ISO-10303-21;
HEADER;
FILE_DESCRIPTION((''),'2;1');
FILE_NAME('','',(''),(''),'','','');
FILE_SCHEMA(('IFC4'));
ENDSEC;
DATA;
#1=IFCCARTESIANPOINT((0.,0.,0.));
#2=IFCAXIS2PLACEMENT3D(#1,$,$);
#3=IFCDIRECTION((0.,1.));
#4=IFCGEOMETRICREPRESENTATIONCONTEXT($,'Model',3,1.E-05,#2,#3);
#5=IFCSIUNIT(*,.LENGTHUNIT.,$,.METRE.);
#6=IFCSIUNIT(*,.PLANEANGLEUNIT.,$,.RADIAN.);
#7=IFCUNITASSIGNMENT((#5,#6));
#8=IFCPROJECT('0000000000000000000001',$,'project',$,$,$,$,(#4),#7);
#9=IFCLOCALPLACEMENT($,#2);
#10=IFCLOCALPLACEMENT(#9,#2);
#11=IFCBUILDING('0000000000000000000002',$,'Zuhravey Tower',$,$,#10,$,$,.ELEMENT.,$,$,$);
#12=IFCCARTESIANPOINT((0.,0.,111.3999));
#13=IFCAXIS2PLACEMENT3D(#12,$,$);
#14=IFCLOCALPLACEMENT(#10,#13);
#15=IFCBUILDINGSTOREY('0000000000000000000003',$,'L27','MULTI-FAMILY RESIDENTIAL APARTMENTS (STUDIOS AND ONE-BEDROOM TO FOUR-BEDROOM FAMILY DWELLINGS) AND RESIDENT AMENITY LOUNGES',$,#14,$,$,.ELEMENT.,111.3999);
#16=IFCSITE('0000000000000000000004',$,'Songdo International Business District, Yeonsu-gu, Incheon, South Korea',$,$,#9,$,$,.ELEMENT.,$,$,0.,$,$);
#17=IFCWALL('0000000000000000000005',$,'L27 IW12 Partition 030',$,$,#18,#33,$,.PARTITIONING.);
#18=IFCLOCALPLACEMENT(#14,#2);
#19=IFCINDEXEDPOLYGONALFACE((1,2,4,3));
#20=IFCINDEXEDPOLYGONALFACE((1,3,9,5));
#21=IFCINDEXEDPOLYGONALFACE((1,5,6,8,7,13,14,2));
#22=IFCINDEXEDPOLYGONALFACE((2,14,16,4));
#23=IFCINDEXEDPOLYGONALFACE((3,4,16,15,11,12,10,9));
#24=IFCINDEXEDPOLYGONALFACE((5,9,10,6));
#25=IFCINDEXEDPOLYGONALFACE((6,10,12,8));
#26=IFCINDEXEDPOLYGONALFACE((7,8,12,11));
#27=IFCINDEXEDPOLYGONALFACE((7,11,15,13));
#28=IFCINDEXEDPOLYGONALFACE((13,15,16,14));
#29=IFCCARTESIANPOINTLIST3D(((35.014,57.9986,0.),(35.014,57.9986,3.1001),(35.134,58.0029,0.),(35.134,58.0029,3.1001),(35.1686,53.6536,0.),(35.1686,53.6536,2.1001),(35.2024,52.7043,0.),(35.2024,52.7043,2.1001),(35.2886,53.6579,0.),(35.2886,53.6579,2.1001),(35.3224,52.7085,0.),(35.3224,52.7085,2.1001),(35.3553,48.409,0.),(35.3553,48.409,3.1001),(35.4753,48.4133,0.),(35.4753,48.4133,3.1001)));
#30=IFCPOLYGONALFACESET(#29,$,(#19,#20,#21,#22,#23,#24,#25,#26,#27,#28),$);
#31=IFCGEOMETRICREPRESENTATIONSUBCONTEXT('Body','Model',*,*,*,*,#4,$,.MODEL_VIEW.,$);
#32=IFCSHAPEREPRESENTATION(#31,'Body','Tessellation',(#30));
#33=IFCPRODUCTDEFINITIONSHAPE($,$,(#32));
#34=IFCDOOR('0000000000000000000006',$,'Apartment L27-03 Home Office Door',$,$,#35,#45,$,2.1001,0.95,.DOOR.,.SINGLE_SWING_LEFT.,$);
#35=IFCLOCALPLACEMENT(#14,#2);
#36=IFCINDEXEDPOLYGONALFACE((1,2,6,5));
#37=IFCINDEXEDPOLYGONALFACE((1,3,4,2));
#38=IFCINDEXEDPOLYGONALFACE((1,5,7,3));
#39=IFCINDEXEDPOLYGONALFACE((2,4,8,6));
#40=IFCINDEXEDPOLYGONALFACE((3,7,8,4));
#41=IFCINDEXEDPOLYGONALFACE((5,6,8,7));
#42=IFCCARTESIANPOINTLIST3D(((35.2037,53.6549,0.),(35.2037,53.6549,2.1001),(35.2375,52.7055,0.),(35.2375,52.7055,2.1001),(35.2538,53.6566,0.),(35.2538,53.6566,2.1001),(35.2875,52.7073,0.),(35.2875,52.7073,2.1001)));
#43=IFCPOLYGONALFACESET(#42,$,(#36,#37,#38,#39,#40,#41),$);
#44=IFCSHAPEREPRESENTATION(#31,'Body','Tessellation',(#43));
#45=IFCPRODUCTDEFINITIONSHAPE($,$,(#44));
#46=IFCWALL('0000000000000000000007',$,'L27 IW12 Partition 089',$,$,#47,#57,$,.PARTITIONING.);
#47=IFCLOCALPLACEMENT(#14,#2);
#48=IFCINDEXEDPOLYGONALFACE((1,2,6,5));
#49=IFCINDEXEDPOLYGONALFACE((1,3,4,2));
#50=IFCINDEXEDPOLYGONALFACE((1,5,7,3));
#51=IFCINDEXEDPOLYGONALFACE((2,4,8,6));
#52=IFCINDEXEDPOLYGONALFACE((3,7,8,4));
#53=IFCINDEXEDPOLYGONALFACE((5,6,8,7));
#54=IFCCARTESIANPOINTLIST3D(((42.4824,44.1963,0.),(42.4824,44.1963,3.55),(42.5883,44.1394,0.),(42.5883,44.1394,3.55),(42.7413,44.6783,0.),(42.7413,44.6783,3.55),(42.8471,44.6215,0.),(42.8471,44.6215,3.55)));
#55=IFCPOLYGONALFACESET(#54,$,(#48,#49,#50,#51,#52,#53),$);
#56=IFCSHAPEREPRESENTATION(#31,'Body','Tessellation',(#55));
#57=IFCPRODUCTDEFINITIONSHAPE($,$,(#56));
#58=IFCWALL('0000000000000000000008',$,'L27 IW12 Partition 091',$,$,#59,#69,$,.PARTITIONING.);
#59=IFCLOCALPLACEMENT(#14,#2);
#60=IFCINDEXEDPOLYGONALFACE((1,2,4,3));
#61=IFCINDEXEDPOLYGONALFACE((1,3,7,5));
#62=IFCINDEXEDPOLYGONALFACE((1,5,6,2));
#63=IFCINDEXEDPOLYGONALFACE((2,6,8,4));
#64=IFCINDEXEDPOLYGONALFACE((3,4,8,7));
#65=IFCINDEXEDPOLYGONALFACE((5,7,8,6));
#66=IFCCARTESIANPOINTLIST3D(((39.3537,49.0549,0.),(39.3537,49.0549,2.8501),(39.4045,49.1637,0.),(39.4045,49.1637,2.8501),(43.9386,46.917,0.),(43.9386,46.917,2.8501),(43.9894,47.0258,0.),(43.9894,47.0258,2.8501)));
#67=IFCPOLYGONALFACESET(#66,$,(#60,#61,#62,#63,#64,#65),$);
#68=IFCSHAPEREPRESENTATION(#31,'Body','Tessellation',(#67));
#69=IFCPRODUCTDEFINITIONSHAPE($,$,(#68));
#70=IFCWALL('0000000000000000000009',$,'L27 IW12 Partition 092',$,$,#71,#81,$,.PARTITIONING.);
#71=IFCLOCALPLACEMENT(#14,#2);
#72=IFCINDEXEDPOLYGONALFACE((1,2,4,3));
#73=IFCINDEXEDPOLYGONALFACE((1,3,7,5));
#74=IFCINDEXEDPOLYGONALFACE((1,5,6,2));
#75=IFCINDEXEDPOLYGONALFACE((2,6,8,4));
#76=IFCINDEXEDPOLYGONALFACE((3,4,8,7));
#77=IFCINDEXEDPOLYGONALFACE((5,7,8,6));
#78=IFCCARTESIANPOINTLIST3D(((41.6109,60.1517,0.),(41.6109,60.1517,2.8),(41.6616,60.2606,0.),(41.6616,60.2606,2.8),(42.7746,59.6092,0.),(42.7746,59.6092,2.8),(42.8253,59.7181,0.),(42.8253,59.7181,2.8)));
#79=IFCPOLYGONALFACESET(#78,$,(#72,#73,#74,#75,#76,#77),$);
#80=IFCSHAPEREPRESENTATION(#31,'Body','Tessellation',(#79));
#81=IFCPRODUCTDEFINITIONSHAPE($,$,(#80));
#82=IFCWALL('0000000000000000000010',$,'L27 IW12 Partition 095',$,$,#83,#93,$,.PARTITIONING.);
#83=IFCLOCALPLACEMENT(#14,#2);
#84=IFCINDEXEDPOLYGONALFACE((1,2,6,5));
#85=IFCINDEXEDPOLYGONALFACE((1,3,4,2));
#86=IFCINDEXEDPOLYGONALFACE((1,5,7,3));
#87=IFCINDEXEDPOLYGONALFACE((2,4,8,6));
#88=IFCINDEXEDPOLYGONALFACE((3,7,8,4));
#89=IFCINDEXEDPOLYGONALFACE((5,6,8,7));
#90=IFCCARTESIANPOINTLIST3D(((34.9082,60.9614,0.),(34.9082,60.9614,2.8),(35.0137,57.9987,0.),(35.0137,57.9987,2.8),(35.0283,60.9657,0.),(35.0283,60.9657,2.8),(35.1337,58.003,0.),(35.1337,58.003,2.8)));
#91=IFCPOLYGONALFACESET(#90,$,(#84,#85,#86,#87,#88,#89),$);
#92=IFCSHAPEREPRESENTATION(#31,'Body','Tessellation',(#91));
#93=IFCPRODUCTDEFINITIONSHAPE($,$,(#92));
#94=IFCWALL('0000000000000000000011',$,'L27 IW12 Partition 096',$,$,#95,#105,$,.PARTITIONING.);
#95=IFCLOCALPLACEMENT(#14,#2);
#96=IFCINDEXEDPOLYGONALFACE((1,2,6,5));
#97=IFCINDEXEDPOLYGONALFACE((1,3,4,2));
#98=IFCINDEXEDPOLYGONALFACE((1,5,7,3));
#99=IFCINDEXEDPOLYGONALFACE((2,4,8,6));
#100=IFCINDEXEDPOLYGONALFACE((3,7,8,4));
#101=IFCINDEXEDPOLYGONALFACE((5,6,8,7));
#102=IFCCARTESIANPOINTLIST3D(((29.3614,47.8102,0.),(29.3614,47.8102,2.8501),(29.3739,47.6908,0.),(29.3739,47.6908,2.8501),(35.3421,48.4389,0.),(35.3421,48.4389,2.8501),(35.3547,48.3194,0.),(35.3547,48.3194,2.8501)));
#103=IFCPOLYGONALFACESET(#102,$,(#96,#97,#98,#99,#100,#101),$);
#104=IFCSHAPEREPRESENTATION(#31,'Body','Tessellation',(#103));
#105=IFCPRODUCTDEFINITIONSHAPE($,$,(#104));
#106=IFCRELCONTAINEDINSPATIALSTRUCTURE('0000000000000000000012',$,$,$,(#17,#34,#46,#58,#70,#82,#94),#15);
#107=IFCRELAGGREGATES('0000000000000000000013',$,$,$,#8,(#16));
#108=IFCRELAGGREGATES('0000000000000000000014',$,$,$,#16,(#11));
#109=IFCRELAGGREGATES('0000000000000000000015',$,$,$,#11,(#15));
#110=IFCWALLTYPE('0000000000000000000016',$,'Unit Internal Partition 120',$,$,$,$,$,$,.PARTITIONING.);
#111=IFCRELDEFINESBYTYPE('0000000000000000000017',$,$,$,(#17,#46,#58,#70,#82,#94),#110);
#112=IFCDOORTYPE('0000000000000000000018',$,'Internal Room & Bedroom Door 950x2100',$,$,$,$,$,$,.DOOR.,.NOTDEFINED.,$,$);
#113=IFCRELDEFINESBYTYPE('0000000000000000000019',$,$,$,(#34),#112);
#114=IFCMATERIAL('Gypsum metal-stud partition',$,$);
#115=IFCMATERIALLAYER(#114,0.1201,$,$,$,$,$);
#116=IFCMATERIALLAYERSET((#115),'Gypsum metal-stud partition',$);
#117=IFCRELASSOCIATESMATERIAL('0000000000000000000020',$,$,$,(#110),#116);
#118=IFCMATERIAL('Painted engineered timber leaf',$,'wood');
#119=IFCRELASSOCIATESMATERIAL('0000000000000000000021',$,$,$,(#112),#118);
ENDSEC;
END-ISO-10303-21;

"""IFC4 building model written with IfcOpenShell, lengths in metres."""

from ifc_helpers import new_model, si_unit, direction, frame, frame_2d, origin, place, context, subcontext, project, spatial, rectangle, extrude, material, layer, layer_set, type_object, element, fill, save


model = new_model("IFC4")

# Units and contexts
model_context = context("Model", 3, precision=1e-05, world=origin(), true_north=direction((0.0, 1.0)))
body_context = subcontext(model_context, "Body", "Model", "MODEL_VIEW")
ifc_project = project(units=[si_unit("LENGTHUNIT", "METRE"), si_unit("PLANEANGLEUNIT", "RADIAN")], contexts=[model_context])

# Site, building, storey
site_placement = place(None, origin())
site = spatial("IfcSite", under=ifc_project, at=site_placement, Name="Songdo International Business District, Yeonsu-gu, Incheon, South Korea", CompositionType="ELEMENT", RefElevation=0.0)
building_placement = place(site_placement, origin())
building = spatial("IfcBuilding", under=site, at=building_placement, Name="Zuhravey Tower", CompositionType="ELEMENT")
storey_placement = place(building_placement, frame((0.0, 0.0, 111.3999)))
storey = spatial("IfcBuildingStorey", under=building, at=storey_placement, Name="L27", Description="MULTI-FAMILY RESIDENTIAL APARTMENTS (STUDIOS AND ONE-BEDROOM TO FOUR-BEDROOM FAMILY DWELLINGS) AND RESIDENT AMENITY LOUNGES", CompositionType="ELEMENT", Elevation=111.3999)

# Shared definitions
ifc_material_1 = material(Name="Gypsum metal-stud partition")
ifc_layer_1 = layer(ifc_material_1, 0.1201)
ifc_layer_set_1 = layer_set([ifc_layer_1], Name="Gypsum metal-stud partition")
wall_type_1 = type_object("IfcWallType", Name="Unit Internal Partition 120", PredefinedType="PARTITIONING", material=ifc_layer_set_1)
ifc_material_2 = material(Name="Painted engineered timber leaf", Category="wood")
door_type_1 = type_object("IfcDoorType", Name="Internal Room & Bedroom Door 950x2100", OperationType="NOTDEFINED", PredefinedType="DOOR", material=ifc_material_2)

# Wall, opening, door
wall_1_placement = place(storey_placement, frame((35.4153, 48.4111, 0.0), z_axis=(0.0, 0.0, 1.0), x_axis=(-0.035569, 0.999367, 0.0)))
wall_1 = element("IfcWall", 1, at=wall_1_placement, inside=storey, type_object=wall_type_1, Name="L27 IW12 Partition 030", PredefinedType="PARTITIONING", context=body_context, shape_type="SweptSolid", body=[
    extrude(rectangle(XDim=9.5957, YDim=0.1201, at=frame_2d((4.7979, 0.0))), origin(), (0.0, 0.0, 1.0), 3.1001),
])
opening_1_placement = place(wall_1_placement, frame((4.2979, 0.0, 0.0)))
opening_1 = element("IfcOpeningElement", 2, at=opening_1_placement, cuts=wall_1, PredefinedType="OPENING", context=body_context, shape_type="SweptSolid", body=[
    extrude(rectangle(XDim=0.95, YDim=2.1001, at=frame_2d((0.4751, 1.05))), frame((0.0, 0.072, 0.0), z_axis=(0.0, -1.0, 0.0), x_axis=(1.0, 0.0, 0.0)), (0.0, 0.0, 1.0), 0.144),
])
door_1_placement = place(opening_1_placement, origin())
door_1 = element("IfcDoor", 3, at=door_1_placement, inside=storey, type_object=door_type_1, Name="Apartment L27-03 Home Office Door", OperationType="SINGLE_SWING_LEFT", OverallHeight=2.1001, OverallWidth=0.95, PredefinedType="DOOR", context=body_context, shape_type="SweptSolid", body=[
    extrude(rectangle(XDim=0.95, YDim=2.1001, at=frame_2d((0.4751, 1.05))), frame((0.0, 0.0249, 0.0), z_axis=(0.0, -1.0, 0.0), x_axis=(1.0, 0.0, 0.0)), (0.0, 0.0, 1.0), 0.05),
])
fill(opening_1, door_1)

# Walls
wall_2_placement = place(storey_placement, frame((42.5354, 44.168, 0.0), z_axis=(0.0, 0.0, 1.0), x_axis=(0.473088, 0.881015, 0.0)))
element("IfcWall", 4, at=wall_2_placement, inside=storey, type_object=wall_type_1, Name="L27 IW12 Partition 089", PredefinedType="PARTITIONING", context=body_context, shape_type="SweptSolid", body=[
    extrude(rectangle(XDim=0.5471, YDim=0.1201, at=frame_2d((0.2734, 0.0))), origin(), (0.0, 0.0, 1.0), 3.55),
])
wall_3_placement = place(storey_placement, frame((43.9639, 46.9714, 0.0), z_axis=(0.0, 0.0, 1.0), x_axis=(-0.906313, 0.422608, 0.0)))
element("IfcWall", 5, at=wall_3_placement, inside=storey, type_object=wall_type_1, Name="L27 IW12 Partition 091", PredefinedType="PARTITIONING", context=body_context, shape_type="SweptSolid", body=[
    extrude(rectangle(XDim=5.0588, YDim=0.1201, at=frame_2d((2.5293, 0.0))), origin(), (0.0, 0.0, 1.0), 2.8501),
])
wall_4_placement = place(storey_placement, frame((42.8, 59.6636, 0.0), z_axis=(0.0, 0.0, 1.0), x_axis=(-0.906339, 0.422552, 0.0)))
element("IfcWall", 6, at=wall_4_placement, inside=storey, type_object=wall_type_1, Name="L27 IW12 Partition 092", PredefinedType="PARTITIONING", context=body_context, shape_type="SweptSolid", body=[
    extrude(rectangle(XDim=1.2839, YDim=0.1201, at=frame_2d((0.6421, 0.0))), origin(), (0.0, 0.0, 1.0), 2.8),
])
wall_5_placement = place(storey_placement, frame((35.0737, 58.0007, 0.0), z_axis=(0.0, 0.0, 1.0), x_axis=(-0.035577, 0.999367, 0.0)))
element("IfcWall", 7, at=wall_5_placement, inside=storey, type_object=wall_type_1, Name="L27 IW12 Partition 095", PredefinedType="PARTITIONING", context=body_context, shape_type="SweptSolid", body=[
    extrude(rectangle(XDim=2.9646, YDim=0.1201, at=frame_2d((1.4824, 0.0))), origin(), (0.0, 0.0, 1.0), 2.8),
])
wall_6_placement = place(storey_placement, frame((35.3484, 48.3792, 0.0), z_axis=(0.0, 0.0, 1.0), x_axis=(-0.994521, -0.104539, 0.0)))
element("IfcWall", 8, at=wall_6_placement, inside=storey, type_object=wall_type_1, Name="L27 IW12 Partition 096", PredefinedType="PARTITIONING", context=body_context, shape_type="SweptSolid", body=[
    extrude(rectangle(XDim=6.0137, YDim=0.1201, at=frame_2d((3.0068, 0.0))), origin(), (0.0, 0.0, 1.0), 2.8501),
])

save(model, "model.ifc")
